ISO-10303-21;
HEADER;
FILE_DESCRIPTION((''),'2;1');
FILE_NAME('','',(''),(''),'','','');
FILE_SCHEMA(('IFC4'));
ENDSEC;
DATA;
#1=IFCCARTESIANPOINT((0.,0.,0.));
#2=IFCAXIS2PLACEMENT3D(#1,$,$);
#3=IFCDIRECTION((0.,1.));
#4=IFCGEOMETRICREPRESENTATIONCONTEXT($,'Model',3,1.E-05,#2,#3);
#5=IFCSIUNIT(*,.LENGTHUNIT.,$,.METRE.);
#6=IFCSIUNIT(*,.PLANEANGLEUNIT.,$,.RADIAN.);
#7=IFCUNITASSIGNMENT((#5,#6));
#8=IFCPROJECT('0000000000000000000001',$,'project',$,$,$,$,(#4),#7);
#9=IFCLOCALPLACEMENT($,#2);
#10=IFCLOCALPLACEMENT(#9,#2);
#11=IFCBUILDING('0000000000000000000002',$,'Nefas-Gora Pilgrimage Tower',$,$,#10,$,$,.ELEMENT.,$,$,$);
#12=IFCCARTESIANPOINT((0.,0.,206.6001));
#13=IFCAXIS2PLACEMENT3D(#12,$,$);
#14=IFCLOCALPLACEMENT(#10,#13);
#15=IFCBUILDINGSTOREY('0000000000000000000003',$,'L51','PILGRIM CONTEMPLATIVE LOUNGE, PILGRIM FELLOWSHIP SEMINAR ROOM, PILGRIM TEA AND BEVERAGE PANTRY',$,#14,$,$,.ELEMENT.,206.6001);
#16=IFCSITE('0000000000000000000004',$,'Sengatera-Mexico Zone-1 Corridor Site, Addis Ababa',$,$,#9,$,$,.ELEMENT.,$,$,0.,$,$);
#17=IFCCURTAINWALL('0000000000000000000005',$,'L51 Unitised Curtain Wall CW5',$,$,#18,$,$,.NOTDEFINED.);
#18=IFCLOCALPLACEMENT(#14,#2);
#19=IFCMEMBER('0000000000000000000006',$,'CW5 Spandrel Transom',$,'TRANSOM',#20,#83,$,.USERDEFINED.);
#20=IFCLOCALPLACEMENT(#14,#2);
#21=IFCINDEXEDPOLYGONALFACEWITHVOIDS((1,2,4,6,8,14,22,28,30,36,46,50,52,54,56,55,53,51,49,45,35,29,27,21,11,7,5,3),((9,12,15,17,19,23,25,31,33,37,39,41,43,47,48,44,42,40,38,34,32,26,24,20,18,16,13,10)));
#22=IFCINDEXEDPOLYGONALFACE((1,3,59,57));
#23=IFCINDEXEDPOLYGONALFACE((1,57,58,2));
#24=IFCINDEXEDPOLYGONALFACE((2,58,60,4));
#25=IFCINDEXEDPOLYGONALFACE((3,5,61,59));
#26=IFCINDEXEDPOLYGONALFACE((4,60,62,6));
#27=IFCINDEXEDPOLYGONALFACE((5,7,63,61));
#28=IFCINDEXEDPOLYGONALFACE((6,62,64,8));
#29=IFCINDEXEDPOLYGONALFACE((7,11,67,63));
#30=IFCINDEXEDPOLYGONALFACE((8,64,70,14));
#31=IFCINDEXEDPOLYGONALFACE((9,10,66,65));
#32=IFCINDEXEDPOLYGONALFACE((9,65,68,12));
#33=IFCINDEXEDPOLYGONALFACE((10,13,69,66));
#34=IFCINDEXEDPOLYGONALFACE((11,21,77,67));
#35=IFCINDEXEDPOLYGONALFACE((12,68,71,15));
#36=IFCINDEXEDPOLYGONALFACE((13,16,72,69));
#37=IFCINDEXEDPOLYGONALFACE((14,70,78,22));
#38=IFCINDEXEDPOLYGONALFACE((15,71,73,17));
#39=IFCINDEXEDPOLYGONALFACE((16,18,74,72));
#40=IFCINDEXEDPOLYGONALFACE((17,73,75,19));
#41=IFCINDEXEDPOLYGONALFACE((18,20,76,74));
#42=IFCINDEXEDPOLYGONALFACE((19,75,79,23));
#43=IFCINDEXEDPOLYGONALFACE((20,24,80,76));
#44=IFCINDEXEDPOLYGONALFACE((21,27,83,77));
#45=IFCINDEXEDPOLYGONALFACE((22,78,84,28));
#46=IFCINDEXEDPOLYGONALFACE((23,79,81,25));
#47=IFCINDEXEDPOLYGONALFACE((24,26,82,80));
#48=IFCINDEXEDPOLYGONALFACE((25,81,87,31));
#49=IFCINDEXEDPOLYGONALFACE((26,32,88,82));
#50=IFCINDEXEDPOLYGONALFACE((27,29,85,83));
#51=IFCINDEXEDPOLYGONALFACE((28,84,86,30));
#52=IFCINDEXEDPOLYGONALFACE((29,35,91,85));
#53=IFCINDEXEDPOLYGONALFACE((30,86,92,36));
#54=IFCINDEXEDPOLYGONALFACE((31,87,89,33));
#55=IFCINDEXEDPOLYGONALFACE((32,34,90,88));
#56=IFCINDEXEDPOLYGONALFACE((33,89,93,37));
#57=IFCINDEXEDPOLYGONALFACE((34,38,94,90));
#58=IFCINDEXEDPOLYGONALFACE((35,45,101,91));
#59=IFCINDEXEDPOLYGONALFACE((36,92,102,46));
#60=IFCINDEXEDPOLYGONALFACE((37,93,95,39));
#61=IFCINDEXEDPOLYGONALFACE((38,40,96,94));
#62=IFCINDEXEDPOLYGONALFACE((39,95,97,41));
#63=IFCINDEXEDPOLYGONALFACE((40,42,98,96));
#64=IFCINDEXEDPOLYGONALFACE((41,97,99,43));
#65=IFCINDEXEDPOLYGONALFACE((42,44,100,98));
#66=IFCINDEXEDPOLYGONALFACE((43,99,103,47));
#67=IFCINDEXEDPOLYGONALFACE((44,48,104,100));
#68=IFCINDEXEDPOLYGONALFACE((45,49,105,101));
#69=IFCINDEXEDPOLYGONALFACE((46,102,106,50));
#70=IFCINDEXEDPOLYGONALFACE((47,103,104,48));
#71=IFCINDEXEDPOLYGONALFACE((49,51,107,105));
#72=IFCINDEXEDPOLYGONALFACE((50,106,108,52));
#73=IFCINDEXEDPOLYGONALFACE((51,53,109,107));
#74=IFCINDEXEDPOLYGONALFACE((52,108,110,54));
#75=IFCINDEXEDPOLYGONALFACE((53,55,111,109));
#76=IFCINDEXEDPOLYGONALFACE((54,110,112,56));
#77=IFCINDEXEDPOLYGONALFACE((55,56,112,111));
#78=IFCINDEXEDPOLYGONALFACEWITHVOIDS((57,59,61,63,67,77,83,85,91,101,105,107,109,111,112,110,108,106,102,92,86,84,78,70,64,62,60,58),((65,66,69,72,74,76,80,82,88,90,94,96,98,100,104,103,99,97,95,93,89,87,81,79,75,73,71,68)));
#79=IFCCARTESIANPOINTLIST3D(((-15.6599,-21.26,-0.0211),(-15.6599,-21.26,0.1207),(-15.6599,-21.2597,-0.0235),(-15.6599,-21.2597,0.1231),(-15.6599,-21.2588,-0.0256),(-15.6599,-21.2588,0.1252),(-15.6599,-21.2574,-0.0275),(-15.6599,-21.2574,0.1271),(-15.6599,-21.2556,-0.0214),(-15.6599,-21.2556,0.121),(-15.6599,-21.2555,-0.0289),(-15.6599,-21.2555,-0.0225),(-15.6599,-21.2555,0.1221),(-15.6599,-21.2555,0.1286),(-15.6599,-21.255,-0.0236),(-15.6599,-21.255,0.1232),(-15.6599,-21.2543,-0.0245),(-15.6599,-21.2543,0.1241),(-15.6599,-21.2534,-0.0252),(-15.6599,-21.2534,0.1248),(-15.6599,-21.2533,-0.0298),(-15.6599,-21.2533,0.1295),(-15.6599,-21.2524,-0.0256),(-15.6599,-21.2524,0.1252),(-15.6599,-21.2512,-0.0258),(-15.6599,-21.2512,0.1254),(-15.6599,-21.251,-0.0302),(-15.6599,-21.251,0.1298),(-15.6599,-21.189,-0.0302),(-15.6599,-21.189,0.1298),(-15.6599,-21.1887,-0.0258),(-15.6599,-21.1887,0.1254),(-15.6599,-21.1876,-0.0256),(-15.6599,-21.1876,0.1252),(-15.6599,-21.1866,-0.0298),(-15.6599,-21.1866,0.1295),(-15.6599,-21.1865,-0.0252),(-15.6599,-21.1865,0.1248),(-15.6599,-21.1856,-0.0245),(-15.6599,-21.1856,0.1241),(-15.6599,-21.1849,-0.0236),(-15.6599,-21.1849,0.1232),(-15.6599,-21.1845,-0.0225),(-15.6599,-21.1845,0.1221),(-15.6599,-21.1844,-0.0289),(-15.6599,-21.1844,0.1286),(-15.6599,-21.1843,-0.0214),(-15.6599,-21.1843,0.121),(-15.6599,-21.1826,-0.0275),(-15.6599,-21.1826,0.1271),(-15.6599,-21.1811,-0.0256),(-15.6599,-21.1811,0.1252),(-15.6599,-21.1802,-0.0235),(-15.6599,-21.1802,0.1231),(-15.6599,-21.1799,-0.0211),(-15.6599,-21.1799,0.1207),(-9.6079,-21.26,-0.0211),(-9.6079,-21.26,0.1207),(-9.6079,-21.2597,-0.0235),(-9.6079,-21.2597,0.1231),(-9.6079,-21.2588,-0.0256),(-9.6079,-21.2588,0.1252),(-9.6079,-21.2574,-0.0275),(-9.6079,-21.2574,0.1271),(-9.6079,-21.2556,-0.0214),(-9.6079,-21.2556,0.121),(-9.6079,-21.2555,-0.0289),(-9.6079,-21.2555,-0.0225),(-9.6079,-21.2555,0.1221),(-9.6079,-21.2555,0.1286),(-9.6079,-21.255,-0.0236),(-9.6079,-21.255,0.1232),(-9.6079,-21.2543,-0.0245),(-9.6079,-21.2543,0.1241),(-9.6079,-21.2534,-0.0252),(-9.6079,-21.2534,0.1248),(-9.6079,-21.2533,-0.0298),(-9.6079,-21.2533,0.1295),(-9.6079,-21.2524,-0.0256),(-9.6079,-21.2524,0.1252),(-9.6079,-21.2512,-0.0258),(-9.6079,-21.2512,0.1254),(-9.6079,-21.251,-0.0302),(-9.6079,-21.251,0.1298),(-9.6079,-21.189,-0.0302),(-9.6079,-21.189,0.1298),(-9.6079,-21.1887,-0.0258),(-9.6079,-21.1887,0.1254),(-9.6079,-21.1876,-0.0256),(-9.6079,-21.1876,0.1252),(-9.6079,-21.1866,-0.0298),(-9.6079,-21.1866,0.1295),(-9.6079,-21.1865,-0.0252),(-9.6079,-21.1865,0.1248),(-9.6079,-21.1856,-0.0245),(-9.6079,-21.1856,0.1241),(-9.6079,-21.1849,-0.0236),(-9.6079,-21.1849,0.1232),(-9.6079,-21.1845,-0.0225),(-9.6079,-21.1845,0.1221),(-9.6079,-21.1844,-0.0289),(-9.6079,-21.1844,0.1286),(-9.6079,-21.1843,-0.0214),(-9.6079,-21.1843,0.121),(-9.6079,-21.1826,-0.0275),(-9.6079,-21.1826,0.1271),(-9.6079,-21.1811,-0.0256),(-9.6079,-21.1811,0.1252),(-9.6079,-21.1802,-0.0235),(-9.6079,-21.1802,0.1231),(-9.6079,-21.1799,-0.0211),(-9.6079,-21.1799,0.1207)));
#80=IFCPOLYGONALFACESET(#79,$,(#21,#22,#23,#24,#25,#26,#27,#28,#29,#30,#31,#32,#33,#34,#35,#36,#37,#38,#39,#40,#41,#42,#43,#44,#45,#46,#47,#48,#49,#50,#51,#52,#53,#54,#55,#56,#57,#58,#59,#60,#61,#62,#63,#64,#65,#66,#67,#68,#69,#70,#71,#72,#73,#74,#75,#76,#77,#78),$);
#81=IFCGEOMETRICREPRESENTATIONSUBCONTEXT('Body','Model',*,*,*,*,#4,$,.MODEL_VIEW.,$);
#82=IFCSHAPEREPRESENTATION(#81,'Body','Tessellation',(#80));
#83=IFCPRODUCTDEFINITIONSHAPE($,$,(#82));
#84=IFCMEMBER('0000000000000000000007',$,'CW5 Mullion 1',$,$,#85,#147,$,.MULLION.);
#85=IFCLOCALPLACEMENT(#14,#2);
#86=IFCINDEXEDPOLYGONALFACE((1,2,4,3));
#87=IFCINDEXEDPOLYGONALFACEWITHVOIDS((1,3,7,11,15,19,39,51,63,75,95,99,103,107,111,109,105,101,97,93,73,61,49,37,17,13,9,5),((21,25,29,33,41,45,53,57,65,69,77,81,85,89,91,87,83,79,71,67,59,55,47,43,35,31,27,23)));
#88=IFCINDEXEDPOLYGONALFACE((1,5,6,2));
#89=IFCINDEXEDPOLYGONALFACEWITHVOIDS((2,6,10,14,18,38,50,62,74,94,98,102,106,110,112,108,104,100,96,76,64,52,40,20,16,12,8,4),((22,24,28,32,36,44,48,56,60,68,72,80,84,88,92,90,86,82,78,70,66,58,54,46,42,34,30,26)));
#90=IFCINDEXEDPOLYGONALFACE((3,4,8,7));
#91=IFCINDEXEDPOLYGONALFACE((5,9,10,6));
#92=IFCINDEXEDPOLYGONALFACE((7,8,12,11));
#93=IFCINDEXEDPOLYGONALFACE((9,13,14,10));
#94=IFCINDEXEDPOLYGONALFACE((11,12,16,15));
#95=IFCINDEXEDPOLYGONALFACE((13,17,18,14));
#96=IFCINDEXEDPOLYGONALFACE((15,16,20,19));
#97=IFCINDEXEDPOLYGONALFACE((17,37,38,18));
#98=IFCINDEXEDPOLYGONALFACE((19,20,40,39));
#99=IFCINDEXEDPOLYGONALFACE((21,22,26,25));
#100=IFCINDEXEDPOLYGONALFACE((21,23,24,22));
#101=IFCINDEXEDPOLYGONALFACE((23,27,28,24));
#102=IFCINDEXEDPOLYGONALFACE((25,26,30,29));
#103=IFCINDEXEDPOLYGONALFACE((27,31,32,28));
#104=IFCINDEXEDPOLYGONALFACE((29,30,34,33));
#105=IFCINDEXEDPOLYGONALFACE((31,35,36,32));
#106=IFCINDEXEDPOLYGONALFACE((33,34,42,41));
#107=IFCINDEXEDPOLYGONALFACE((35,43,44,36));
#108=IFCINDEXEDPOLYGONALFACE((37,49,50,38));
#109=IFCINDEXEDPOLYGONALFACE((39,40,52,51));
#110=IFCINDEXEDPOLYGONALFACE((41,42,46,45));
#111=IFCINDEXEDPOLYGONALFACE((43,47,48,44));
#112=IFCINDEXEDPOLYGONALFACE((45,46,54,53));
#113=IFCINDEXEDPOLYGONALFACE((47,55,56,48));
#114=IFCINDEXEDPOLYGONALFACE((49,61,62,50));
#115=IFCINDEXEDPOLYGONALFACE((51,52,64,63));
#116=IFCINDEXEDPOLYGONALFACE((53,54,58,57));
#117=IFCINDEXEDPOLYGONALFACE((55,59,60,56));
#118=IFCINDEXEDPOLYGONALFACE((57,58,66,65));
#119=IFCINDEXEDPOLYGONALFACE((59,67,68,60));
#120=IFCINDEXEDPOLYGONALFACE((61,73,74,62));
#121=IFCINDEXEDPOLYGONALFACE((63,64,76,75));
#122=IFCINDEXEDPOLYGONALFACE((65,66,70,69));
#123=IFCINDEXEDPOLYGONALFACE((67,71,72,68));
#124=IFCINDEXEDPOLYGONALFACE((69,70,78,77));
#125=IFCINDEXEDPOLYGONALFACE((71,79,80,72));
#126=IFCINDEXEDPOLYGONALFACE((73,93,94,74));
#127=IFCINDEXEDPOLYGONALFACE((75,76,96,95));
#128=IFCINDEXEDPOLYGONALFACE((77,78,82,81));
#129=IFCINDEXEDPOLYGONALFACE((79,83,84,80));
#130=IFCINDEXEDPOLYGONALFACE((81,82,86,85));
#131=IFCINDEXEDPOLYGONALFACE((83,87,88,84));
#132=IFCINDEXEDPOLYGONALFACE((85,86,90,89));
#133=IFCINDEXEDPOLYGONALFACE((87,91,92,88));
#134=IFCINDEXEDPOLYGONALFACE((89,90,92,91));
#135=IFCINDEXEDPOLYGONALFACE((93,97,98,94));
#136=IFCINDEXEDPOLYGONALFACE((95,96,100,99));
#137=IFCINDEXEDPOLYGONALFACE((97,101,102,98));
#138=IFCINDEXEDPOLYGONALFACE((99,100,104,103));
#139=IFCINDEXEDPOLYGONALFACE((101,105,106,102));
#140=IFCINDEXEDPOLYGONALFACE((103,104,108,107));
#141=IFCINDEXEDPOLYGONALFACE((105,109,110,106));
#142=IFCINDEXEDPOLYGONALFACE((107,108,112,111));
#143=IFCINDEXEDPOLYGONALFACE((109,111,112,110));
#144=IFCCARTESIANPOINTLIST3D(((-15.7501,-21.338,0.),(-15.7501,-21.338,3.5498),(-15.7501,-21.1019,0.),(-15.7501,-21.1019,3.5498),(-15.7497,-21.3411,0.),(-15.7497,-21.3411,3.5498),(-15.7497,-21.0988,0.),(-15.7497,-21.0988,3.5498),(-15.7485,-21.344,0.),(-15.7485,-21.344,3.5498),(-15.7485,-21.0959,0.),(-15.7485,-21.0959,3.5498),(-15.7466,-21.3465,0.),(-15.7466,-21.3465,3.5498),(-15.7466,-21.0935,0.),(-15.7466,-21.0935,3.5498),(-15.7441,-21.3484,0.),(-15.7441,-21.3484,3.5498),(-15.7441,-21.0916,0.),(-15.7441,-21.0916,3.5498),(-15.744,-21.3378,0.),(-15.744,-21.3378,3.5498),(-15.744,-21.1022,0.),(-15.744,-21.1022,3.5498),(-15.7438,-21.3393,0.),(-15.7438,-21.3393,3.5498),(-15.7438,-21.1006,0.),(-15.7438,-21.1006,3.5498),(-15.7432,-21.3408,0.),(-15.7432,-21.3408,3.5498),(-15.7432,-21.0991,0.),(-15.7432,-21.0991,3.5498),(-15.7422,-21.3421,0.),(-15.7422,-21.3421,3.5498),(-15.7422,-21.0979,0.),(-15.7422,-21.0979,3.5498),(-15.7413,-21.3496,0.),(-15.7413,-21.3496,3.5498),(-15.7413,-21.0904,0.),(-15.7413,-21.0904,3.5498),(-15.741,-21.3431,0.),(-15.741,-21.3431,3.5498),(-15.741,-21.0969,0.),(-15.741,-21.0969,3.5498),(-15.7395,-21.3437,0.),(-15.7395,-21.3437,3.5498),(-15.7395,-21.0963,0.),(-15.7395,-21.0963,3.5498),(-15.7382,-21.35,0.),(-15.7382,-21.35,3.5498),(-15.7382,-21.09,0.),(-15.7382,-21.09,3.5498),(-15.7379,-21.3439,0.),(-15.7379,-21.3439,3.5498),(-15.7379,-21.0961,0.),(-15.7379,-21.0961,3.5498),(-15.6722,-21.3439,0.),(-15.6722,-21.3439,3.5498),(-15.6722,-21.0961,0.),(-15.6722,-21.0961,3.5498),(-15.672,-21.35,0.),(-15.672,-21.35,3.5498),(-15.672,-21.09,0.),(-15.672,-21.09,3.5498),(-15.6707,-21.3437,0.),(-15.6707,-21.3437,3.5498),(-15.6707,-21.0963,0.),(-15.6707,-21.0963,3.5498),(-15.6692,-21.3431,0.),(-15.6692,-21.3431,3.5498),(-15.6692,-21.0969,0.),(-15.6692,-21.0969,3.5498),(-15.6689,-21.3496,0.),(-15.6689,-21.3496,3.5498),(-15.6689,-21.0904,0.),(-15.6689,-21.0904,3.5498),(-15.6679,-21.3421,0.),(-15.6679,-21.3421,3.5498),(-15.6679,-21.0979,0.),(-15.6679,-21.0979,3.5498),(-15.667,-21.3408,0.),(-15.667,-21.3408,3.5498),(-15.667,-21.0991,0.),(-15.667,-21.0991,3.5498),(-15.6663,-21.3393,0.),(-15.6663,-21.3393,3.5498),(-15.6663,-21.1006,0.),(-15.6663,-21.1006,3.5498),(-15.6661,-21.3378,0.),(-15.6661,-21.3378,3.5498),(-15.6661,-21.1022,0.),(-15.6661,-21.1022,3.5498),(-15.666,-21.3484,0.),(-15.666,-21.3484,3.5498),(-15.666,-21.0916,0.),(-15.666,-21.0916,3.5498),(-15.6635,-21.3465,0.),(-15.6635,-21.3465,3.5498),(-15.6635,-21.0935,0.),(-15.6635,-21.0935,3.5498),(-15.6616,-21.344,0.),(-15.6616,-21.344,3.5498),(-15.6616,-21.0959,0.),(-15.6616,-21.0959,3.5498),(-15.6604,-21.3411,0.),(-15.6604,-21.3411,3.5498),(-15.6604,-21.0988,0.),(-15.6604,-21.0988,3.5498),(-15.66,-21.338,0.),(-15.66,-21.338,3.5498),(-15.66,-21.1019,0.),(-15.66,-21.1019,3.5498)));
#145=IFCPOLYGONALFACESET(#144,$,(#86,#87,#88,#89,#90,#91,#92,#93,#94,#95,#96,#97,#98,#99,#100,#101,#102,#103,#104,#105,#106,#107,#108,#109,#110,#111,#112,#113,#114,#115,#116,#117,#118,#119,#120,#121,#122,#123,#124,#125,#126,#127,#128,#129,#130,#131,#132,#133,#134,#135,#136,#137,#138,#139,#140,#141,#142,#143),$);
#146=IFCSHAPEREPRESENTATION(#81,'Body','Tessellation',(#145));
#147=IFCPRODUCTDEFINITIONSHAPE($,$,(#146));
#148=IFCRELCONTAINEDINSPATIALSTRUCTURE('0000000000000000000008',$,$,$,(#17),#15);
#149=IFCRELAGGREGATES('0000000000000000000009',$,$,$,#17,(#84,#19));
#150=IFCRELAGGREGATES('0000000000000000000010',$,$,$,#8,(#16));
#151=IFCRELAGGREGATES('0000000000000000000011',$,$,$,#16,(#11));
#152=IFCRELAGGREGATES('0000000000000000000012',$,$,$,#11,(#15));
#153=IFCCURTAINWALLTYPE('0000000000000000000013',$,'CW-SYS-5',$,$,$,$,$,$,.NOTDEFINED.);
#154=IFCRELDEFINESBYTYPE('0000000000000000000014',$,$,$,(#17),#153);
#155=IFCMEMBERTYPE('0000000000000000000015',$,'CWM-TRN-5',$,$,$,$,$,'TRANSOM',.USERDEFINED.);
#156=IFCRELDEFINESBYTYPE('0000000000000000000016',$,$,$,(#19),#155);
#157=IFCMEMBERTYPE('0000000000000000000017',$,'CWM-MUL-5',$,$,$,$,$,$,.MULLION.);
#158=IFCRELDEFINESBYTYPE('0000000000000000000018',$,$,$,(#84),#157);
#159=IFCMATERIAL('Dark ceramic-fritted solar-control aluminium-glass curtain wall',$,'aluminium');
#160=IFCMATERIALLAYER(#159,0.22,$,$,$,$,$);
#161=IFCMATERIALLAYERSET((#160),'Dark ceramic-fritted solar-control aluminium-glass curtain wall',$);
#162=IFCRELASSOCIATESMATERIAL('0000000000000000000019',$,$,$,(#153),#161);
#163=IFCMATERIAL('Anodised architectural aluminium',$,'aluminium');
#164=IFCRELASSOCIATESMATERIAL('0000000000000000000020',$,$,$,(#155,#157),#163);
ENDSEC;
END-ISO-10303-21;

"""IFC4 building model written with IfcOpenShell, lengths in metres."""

from ifc_helpers import new_model, si_unit, direction, frame, origin, origin_2d, place, context, subcontext, project, spatial, hollow_rectangle, extrude, source, transform, mapped, material, layer, layer_set, material_profile, profile_set, type_object, element, aggregate, save


model = new_model("IFC4")

# Units and contexts
model_context = context("Model", 3, precision=1e-05, world=origin(), true_north=direction((0.0, 1.0)))
body_context = subcontext(model_context, "Body", "Model", "MODEL_VIEW")
ifc_project = project(units=[si_unit("LENGTHUNIT", "METRE"), si_unit("PLANEANGLEUNIT", "RADIAN")], contexts=[model_context])

# Site, building, storey
site_placement = place(None, origin())
site = spatial("IfcSite", under=ifc_project, at=site_placement, Name="Sengatera-Mexico Zone-1 Corridor Site, Addis Ababa", CompositionType="ELEMENT", RefElevation=0.0)
building_placement = place(site_placement, origin())
building = spatial("IfcBuilding", under=site, at=building_placement, Name="Nefas-Gora Pilgrimage Tower", CompositionType="ELEMENT")
storey_placement = place(building_placement, frame((0.0, 0.0, 206.6001)))
storey = spatial("IfcBuildingStorey", under=building, at=storey_placement, Name="L51", Description="PILGRIM CONTEMPLATIVE LOUNGE, PILGRIM FELLOWSHIP SEMINAR ROOM, PILGRIM TEA AND BEVERAGE PANTRY", CompositionType="ELEMENT", Elevation=206.6001)

# Curtain wall, members
ifc_material_1 = material(Name="Dark ceramic-fritted solar-control aluminium-glass curtain wall", Category="aluminium")
ifc_layer_1 = layer(ifc_material_1, 0.22)
ifc_layer_set_1 = layer_set([ifc_layer_1], Name="Dark ceramic-fritted solar-control aluminium-glass curtain wall")
curtain_wall_type_1 = type_object("IfcCurtainWallType", Name="CW-SYS-5", PredefinedType="NOTDEFINED", material=ifc_layer_set_1)
curtain_wall_1_placement = place(storey_placement, origin())
curtain_wall_1 = element("IfcCurtainWall", 1, at=curtain_wall_1_placement, inside=storey, type_object=curtain_wall_type_1, Name="L51 Unitised Curtain Wall CW5", PredefinedType="NOTDEFINED")
ifc_material_2 = material(Name="Anodised architectural aluminium", Category="aluminium")
ifc_material_profile_1 = material_profile(ifc_material_2, hollow_rectangle(XDim=0.0801, YDim=0.1599, WallThickness=0.0044, InnerFilletRadius=0.0044, OuterFilletRadius=0.009, at=origin_2d()), Name="ALU TRANSOM 80x160")
ifc_profile_set_1 = profile_set([ifc_material_profile_1], Name="Anodised architectural aluminium")
member_type_1 = type_object("IfcMemberType", Name="CWM-TRN-5", ElementType="TRANSOM", PredefinedType="USERDEFINED", material=ifc_profile_set_1)
shared_shape_1 = source(origin(), body_context, "Body", "SweptSolid", [
    extrude(hollow_rectangle(XDim=0.0801, YDim=0.1599, WallThickness=0.0044, InnerFilletRadius=0.0044, OuterFilletRadius=0.009, at=origin_2d()), origin(), (0.0, 0.0, 1.0), 6.052),
])
member_1_placement = place(storey_placement, frame((-15.6599, -21.22, 0.0498), z_axis=(1.0, 0.0, 0.0), x_axis=(0.0, 1.0, 0.0)))
member_1 = element("IfcMember", 2, at=member_1_placement, type_object=member_type_1, Name="CW5 Spandrel Transom", ObjectType="TRANSOM", PredefinedType="USERDEFINED", context=body_context, shape_type="MappedRepresentation", body=[
    mapped(shared_shape_1, transform((0.0, 0.0, 0.0), x_axis=(1.0, 0.0, 0.0), y_axis=(0.0, 1.0, 0.0), z_axis=(0.0, 0.0, 1.0), scale=1.0)),
])
ifc_material_profile_2 = material_profile(ifc_material_2, hollow_rectangle(XDim=0.0901, YDim=0.26, WallThickness=0.0061, InnerFilletRadius=0.0061, OuterFilletRadius=0.012, at=origin_2d()), Name="ALU MULLION 90x260")
ifc_profile_set_2 = profile_set([ifc_material_profile_2], Name="Anodised architectural aluminium")
member_type_2 = type_object("IfcMemberType", Name="CWM-MUL-5", PredefinedType="MULLION", material=ifc_profile_set_2)
shared_shape_2 = source(origin(), body_context, "Body", "SweptSolid", [
    extrude(hollow_rectangle(XDim=0.0901, YDim=0.26, WallThickness=0.0061, InnerFilletRadius=0.0061, OuterFilletRadius=0.012, at=origin_2d()), origin(), (0.0, 0.0, 1.0), 3.5498),
])
member_2_placement = place(storey_placement, frame((-15.7051, -21.22, 0.0), z_axis=(0.0, 0.0, 1.0), x_axis=(1.0, 0.0, 0.0)))
member_2 = element("IfcMember", 3, at=member_2_placement, type_object=member_type_2, Name="CW5 Mullion 1", PredefinedType="MULLION", context=body_context, shape_type="MappedRepresentation", body=[
    mapped(shared_shape_2, transform((0.0, 0.0, 0.0), x_axis=(1.0, 0.0, 0.0), y_axis=(0.0, 1.0, 0.0), z_axis=(0.0, 0.0, 1.0), scale=1.0)),
])

aggregate(curtain_wall_1, [member_2, member_1])

save(model, "model.ifc")
